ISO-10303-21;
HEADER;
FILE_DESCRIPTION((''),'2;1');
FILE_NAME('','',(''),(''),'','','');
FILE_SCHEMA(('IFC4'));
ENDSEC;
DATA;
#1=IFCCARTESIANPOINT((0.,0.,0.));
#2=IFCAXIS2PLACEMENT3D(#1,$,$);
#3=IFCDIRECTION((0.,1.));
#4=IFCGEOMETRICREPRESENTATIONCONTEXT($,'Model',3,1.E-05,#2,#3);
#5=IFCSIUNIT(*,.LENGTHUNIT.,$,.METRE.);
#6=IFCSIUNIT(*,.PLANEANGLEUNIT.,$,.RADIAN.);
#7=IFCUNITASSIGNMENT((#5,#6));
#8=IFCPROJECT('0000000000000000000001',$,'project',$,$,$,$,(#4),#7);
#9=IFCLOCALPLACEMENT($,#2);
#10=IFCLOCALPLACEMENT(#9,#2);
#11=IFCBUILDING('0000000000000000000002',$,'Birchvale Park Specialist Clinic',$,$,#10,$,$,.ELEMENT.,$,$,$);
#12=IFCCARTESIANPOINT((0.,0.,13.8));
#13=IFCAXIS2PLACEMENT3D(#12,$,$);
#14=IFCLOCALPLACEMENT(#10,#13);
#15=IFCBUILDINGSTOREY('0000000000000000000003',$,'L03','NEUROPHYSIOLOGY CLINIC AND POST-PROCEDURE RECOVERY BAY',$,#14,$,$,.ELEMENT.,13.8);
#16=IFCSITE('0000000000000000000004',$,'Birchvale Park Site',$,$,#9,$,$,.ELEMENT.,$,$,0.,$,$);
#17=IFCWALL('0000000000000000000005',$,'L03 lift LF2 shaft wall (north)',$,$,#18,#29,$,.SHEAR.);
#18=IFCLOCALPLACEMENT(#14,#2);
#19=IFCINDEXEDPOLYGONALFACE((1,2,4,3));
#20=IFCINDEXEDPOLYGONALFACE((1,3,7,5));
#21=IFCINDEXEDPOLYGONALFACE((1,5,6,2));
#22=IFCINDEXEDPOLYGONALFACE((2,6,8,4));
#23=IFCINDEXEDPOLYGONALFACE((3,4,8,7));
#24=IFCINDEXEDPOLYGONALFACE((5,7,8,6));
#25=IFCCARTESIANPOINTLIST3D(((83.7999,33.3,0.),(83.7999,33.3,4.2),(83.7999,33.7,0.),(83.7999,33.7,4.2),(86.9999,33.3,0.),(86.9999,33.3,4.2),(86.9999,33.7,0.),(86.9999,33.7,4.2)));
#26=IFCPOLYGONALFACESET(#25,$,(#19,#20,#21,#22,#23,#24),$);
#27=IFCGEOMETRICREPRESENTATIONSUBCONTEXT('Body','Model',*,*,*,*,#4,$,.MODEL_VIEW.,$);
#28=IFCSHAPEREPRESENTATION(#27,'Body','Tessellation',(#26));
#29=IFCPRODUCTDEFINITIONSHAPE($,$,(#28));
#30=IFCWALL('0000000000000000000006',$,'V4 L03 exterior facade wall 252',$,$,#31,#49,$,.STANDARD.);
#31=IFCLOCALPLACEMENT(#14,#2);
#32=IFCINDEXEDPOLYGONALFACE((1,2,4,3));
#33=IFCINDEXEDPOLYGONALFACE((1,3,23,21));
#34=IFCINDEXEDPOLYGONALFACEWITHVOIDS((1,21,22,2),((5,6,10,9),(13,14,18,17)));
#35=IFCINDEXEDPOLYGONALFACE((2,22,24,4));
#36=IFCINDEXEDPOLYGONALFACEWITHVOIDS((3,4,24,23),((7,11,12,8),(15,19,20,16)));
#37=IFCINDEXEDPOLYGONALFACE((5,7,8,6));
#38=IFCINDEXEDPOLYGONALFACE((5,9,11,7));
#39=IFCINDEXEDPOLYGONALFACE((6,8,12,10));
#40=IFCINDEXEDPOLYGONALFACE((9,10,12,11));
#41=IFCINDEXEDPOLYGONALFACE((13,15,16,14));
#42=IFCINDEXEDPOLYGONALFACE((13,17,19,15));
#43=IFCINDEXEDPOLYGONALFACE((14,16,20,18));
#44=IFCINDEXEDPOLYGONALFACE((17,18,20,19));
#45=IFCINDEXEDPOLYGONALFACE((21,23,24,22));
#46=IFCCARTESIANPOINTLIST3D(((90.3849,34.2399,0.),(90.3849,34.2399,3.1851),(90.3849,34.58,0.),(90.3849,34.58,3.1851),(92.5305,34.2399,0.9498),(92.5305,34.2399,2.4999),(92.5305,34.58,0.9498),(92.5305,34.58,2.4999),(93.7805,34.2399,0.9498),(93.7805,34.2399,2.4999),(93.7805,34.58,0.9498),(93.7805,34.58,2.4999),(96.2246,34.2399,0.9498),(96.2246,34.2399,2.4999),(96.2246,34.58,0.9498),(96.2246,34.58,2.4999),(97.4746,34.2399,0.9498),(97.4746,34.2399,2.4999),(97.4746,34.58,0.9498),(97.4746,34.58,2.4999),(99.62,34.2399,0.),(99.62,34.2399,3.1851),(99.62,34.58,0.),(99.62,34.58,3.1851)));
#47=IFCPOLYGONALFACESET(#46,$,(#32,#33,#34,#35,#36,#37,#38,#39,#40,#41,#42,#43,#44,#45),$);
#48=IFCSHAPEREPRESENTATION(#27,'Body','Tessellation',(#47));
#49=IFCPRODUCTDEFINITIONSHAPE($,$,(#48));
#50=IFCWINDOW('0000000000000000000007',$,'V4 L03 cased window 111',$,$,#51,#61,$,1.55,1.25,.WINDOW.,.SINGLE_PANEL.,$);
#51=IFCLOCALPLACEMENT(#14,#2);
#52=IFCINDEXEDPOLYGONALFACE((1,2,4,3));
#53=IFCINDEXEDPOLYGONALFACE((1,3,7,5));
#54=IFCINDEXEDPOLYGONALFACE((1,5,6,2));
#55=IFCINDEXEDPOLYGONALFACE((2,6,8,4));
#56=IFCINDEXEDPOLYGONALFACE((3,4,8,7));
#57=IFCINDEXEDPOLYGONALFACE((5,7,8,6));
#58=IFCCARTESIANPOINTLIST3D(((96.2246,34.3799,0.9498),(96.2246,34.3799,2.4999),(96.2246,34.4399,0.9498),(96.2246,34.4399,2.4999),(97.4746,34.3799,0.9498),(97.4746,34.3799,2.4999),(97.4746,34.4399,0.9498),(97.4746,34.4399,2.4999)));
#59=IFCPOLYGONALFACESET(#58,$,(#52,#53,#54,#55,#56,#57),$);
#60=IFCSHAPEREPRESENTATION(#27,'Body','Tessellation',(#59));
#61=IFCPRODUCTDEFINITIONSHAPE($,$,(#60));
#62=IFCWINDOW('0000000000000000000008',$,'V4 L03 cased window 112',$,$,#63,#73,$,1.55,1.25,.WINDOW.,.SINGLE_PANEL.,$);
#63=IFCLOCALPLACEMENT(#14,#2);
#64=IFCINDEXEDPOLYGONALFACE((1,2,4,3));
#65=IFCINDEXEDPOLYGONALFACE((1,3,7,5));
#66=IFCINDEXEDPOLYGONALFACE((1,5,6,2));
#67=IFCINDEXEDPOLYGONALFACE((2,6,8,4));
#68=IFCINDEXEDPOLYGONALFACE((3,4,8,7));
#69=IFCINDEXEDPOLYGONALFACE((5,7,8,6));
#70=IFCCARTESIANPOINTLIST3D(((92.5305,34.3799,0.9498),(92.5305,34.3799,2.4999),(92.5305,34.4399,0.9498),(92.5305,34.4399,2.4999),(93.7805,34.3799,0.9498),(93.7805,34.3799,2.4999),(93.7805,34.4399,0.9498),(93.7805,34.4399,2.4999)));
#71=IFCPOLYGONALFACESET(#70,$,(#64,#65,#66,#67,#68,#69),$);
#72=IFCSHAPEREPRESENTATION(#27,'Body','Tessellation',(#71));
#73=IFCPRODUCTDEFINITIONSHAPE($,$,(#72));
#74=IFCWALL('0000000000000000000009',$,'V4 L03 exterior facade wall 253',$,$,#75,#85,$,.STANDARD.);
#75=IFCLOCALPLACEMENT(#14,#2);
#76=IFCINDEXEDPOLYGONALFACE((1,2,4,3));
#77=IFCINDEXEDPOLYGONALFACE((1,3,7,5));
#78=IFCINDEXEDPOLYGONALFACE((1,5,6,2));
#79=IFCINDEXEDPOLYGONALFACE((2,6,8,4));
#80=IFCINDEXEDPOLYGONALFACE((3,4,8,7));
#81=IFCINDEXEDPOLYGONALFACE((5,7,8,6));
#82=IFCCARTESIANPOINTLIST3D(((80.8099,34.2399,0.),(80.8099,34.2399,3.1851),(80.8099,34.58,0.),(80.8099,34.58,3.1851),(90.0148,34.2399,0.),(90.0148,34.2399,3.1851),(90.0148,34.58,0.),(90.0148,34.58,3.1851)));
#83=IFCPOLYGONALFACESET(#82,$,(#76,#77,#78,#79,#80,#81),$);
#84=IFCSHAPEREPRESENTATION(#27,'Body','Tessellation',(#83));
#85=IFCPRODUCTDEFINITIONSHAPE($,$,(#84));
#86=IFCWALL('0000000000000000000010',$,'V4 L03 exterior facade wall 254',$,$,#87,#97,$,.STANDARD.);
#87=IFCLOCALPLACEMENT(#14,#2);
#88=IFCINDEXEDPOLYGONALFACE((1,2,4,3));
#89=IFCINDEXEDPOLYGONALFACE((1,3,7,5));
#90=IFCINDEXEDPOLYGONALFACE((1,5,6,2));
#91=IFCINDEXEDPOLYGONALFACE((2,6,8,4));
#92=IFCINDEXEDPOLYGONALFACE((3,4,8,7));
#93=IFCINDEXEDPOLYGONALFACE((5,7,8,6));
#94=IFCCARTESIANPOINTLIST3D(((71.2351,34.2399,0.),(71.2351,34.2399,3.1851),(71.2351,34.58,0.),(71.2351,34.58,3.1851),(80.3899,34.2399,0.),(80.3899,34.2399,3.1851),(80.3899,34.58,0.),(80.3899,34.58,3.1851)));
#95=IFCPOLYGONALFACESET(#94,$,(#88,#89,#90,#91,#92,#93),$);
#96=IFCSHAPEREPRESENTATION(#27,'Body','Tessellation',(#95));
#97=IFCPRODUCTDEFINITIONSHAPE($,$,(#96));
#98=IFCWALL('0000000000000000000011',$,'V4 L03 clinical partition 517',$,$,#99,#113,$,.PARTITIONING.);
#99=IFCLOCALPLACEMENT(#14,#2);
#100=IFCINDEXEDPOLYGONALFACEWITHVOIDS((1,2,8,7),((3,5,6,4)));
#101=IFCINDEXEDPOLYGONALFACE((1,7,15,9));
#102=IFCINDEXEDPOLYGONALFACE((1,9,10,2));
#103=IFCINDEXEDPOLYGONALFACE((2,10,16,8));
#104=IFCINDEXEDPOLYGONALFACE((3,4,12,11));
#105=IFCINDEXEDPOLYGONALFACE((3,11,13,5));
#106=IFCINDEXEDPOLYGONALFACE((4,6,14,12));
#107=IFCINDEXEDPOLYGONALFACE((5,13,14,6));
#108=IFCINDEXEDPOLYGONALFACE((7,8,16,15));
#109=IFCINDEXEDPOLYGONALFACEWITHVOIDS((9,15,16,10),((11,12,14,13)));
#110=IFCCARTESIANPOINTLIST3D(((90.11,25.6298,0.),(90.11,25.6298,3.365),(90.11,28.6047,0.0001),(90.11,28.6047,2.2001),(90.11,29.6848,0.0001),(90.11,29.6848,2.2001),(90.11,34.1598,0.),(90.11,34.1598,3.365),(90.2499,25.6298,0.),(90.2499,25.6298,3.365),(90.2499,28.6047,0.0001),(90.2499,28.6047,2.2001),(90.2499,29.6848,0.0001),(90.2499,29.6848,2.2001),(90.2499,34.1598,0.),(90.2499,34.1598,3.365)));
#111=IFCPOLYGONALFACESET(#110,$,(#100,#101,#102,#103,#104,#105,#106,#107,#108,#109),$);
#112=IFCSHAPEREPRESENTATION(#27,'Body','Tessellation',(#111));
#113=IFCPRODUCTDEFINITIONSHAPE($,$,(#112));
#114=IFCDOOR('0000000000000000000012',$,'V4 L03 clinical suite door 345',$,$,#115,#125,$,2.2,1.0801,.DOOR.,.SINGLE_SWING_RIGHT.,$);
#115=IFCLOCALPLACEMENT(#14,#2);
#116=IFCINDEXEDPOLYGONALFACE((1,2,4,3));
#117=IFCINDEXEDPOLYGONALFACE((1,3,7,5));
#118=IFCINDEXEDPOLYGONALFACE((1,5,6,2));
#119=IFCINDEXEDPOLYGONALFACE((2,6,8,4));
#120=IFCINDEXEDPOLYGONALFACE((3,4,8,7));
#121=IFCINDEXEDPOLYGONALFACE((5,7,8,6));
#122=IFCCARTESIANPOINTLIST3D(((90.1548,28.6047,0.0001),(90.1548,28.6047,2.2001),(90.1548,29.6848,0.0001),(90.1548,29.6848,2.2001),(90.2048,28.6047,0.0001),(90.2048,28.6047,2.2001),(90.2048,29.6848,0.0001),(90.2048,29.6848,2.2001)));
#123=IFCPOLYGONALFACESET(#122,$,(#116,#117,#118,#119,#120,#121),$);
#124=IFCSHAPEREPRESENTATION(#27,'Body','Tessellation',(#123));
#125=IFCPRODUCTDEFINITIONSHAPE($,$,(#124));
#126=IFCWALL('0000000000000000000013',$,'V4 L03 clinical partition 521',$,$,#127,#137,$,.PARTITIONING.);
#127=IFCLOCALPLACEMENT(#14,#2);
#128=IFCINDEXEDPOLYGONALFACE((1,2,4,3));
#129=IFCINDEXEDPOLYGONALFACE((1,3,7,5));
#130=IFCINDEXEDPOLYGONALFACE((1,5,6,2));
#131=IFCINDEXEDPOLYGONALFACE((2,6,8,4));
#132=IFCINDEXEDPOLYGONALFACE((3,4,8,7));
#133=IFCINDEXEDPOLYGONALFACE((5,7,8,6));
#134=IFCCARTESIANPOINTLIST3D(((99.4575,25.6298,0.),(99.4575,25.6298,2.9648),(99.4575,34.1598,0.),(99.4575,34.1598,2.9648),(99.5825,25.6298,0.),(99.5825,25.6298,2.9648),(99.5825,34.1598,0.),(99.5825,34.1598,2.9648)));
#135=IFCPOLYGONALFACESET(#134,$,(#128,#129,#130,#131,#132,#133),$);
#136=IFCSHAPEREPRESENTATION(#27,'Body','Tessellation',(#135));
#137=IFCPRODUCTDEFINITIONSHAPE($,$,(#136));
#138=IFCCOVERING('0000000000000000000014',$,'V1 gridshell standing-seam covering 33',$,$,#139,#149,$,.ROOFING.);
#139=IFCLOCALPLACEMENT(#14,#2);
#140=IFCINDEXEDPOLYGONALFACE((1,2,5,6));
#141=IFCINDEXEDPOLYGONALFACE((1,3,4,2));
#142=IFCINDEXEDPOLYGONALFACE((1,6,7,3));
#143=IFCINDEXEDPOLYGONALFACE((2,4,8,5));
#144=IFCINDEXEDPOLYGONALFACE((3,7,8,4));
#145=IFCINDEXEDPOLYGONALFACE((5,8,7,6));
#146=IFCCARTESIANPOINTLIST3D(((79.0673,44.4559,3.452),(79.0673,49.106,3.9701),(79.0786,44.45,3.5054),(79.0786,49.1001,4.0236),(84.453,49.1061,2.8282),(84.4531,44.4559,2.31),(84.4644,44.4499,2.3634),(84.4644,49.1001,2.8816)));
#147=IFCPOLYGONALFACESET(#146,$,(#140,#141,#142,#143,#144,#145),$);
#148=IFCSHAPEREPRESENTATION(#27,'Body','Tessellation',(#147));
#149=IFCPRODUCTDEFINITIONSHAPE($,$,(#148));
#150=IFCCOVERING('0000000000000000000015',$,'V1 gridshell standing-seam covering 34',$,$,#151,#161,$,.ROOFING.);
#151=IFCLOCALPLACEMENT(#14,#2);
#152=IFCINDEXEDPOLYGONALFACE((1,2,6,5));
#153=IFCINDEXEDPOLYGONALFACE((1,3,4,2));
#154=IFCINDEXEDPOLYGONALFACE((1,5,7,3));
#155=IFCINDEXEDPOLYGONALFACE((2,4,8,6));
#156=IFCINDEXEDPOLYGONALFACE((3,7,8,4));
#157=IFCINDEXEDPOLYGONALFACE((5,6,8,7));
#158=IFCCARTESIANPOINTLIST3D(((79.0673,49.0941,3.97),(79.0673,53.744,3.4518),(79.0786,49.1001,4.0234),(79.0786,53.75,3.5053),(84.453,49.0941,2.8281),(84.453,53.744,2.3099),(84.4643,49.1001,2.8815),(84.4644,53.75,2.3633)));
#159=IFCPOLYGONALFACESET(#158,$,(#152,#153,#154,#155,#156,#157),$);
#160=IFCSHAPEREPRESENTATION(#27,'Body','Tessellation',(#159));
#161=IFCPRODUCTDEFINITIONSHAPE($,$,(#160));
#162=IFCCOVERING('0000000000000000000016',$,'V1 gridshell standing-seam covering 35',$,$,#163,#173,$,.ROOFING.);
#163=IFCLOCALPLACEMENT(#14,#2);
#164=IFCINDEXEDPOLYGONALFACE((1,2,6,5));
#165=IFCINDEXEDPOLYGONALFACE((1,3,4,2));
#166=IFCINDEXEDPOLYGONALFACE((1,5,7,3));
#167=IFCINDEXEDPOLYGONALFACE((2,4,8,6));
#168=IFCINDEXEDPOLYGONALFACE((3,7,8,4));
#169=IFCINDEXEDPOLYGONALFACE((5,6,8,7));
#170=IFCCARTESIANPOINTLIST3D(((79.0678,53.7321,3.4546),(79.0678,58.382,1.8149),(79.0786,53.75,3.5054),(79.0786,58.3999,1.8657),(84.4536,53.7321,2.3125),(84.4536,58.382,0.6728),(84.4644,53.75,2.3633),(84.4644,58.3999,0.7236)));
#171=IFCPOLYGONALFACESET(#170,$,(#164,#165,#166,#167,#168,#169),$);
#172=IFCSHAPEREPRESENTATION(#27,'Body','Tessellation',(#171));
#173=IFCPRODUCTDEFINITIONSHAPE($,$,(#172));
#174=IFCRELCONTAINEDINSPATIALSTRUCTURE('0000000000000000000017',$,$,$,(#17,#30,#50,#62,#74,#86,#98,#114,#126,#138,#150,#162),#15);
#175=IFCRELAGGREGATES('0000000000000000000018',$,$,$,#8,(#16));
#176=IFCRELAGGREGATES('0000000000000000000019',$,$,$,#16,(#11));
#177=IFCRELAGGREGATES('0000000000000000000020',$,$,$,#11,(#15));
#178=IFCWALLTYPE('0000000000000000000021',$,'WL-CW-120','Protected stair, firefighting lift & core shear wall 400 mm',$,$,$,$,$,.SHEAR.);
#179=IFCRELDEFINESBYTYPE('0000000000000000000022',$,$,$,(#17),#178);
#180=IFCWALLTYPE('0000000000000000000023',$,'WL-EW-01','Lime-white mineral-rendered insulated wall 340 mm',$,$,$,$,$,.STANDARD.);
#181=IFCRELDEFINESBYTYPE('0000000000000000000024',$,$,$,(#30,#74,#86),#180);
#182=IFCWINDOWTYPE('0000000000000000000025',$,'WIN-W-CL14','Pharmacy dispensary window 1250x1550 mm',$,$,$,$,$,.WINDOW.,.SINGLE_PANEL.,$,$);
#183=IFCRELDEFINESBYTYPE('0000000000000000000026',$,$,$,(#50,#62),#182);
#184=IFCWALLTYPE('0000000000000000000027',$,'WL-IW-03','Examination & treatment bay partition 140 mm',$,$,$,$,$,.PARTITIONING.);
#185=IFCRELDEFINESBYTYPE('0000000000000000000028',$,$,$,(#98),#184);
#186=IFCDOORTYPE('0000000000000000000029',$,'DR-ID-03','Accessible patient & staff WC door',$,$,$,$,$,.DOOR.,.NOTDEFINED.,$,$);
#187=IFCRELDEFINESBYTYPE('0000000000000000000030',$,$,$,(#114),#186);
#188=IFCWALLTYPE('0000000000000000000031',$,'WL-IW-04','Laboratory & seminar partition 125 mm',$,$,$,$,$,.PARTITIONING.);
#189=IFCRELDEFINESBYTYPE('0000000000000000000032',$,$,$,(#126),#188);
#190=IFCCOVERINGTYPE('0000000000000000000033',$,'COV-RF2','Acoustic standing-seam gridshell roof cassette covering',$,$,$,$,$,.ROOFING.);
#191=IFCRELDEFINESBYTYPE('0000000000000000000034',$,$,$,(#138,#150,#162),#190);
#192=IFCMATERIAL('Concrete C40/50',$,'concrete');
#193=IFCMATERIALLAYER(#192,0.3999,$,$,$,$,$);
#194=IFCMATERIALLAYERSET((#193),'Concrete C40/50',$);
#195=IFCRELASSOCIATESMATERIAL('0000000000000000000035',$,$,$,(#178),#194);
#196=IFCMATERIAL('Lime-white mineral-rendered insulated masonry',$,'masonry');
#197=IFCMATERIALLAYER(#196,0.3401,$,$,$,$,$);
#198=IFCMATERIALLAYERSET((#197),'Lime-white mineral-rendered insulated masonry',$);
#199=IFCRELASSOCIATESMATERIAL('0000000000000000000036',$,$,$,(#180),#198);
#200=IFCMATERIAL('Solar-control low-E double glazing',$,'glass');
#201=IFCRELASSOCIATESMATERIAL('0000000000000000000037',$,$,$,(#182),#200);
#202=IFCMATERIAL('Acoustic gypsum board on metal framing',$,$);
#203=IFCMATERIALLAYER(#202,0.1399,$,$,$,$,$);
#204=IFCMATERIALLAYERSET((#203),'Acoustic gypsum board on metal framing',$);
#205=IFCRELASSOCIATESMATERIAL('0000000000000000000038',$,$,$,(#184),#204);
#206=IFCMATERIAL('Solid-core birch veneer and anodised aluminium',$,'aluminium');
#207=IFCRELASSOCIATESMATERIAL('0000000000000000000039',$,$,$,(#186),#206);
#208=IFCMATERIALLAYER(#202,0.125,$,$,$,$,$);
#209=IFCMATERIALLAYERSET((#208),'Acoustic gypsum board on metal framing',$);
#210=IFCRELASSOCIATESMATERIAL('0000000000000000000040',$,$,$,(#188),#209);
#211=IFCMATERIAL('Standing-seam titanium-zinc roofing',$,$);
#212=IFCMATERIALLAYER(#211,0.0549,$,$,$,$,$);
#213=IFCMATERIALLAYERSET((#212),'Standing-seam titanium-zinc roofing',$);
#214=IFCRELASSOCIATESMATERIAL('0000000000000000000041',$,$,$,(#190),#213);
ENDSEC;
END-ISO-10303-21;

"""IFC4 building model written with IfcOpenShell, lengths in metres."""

from ifc_helpers import new_model, si_unit, direction, frame, frame_2d, origin, place, context, subcontext, project, spatial, polyline, rectangle, outline, extrude, material, layer, layer_set, type_object, element, fill, save


model = new_model("IFC4")

# Units and contexts
model_context = context("Model", 3, precision=1e-05, world=origin(), true_north=direction((0.0, 1.0)))
body_context = subcontext(model_context, "Body", "Model", "MODEL_VIEW")
ifc_project = project(units=[si_unit("LENGTHUNIT", "METRE"), si_unit("PLANEANGLEUNIT", "RADIAN")], contexts=[model_context])

# Site, building, storey
site_placement = place(None, origin())
site = spatial("IfcSite", under=ifc_project, at=site_placement, Name="Birchvale Park Site", CompositionType="ELEMENT", RefElevation=0.0)
building_placement = place(site_placement, origin())
building = spatial("IfcBuilding", under=site, at=building_placement, Name="Birchvale Park Specialist Clinic", CompositionType="ELEMENT")
storey_placement = place(building_placement, frame((0.0, 0.0, 13.8)))
storey = spatial("IfcBuildingStorey", under=building, at=storey_placement, Name="L03", Description="NEUROPHYSIOLOGY CLINIC AND POST-PROCEDURE RECOVERY BAY", CompositionType="ELEMENT", Elevation=13.8)

# Shared definitions
ifc_material_1 = material(Name="Concrete C40/50", Category="concrete")

# Wall
ifc_layer_1 = layer(ifc_material_1, 0.3999)
ifc_layer_set_1 = layer_set([ifc_layer_1], Name="Concrete C40/50")
wall_type_1 = type_object("IfcWallType", Name="WL-CW-120", Description="Protected stair, firefighting lift & core shear wall 400 mm", PredefinedType="SHEAR", material=ifc_layer_set_1)
wall_1_placement = place(storey_placement, frame((87.0, 33.5, 0.0), z_axis=(0.0, 0.0, 1.0), x_axis=(-1.0, 0.0, 0.0)))
element("IfcWall", 1, at=wall_1_placement, inside=storey, type_object=wall_type_1, Name="L03 lift LF2 shaft wall (north)", PredefinedType="SHEAR", context=body_context, shape_type="SweptSolid", body=[
    extrude(rectangle(XDim=3.2, YDim=0.3999, at=frame_2d((1.6001, 0.0))), origin(), (0.0, 0.0, 1.0), 4.2),
])

# Wall, openings, windows
ifc_material_2 = material(Name="Lime-white mineral-rendered insulated masonry", Category="masonry")
ifc_layer_2 = layer(ifc_material_2, 0.3401)
ifc_layer_set_2 = layer_set([ifc_layer_2], Name="Lime-white mineral-rendered insulated masonry")
wall_type_2 = type_object("IfcWallType", Name="WL-EW-01", Description="Lime-white mineral-rendered insulated wall 340 mm", PredefinedType="STANDARD", material=ifc_layer_set_2)
wall_2_placement = place(storey_placement, frame((99.6201, 34.4099, 0.0), z_axis=(0.0, 0.0, 1.0), x_axis=(-1.0, 0.0, 0.0)))
wall_2 = element("IfcWall", 2, at=wall_2_placement, inside=storey, type_object=wall_type_2, Name="V4 L03 exterior facade wall 252", PredefinedType="STANDARD", context=body_context, shape_type="SweptSolid", body=[
    extrude(rectangle(XDim=9.2351, YDim=0.3401, at=frame_2d((4.6177, 0.0))), origin(), (0.0, 0.0, 1.0), 3.1851),
])
opening_1_placement = place(wall_2_placement, frame((2.1455, 0.0, 0.95)))
opening_1 = element("IfcOpeningElement", 3, at=opening_1_placement, cuts=wall_2, PredefinedType="OPENING", context=body_context, shape_type="SweptSolid", body=[
    extrude(rectangle(XDim=1.25, YDim=1.55, at=frame_2d((0.625, 0.7749))), frame((0.0, 0.1802, 0.0), z_axis=(0.0, -1.0, 0.0), x_axis=(1.0, 0.0, 0.0)), (0.0, 0.0, 1.0), 0.3601),
])
opening_2_placement = place(wall_2_placement, frame((5.8396, 0.0, 0.95)))
opening_2 = element("IfcOpeningElement", 4, at=opening_2_placement, cuts=wall_2, PredefinedType="OPENING", context=body_context, shape_type="SweptSolid", body=[
    extrude(rectangle(XDim=1.25, YDim=1.55, at=frame_2d((0.625, 0.7749))), frame((0.0, 0.1802, 0.0), z_axis=(0.0, -1.0, 0.0), x_axis=(1.0, 0.0, 0.0)), (0.0, 0.0, 1.0), 0.3601),
])
ifc_material_3 = material(Name="Solar-control low-E double glazing", Category="glass")
window_type = type_object("IfcWindowType", Name="WIN-W-CL14", Description="Pharmacy dispensary window 1250x1550 mm", PartitioningType="SINGLE_PANEL", PredefinedType="WINDOW", material=ifc_material_3)
window_1_placement = place(opening_1_placement, origin())
window_1 = element("IfcWindow", 5, at=window_1_placement, inside=storey, type_object=window_type, Name="V4 L03 cased window 111", OverallHeight=1.55, OverallWidth=1.25, PartitioningType="SINGLE_PANEL", PredefinedType="WINDOW", context=body_context, shape_type="SweptSolid", body=[
    extrude(rectangle(XDim=1.25, YDim=1.55, at=frame_2d((0.625, 0.7749))), frame((0.0, 0.03, 0.0), z_axis=(0.0, -1.0, 0.0), x_axis=(1.0, 0.0, 0.0)), (0.0, 0.0, 1.0), 0.0601),
])
fill(opening_1, window_1)
window_2_placement = place(opening_2_placement, origin())
window_2 = element("IfcWindow", 6, at=window_2_placement, inside=storey, type_object=window_type, Name="V4 L03 cased window 112", OverallHeight=1.55, OverallWidth=1.25, PartitioningType="SINGLE_PANEL", PredefinedType="WINDOW", context=body_context, shape_type="SweptSolid", body=[
    extrude(rectangle(XDim=1.25, YDim=1.55, at=frame_2d((0.625, 0.7749))), frame((0.0, 0.03, 0.0), z_axis=(0.0, -1.0, 0.0), x_axis=(1.0, 0.0, 0.0)), (0.0, 0.0, 1.0), 0.0601),
])
fill(opening_2, window_2)

# Walls
wall_3_placement = place(storey_placement, frame((90.0149, 34.4099, 0.0), z_axis=(0.0, 0.0, 1.0), x_axis=(-1.0, 0.0, 0.0)))
element("IfcWall", 7, at=wall_3_placement, inside=storey, type_object=wall_type_2, Name="V4 L03 exterior facade wall 253", PredefinedType="STANDARD", context=body_context, shape_type="SweptSolid", body=[
    extrude(rectangle(XDim=9.2048, YDim=0.3401, at=frame_2d((4.6025, 0.0))), origin(), (0.0, 0.0, 1.0), 3.1851),
])
wall_4_placement = place(storey_placement, frame((80.3899, 34.4099, 0.0), z_axis=(0.0, 0.0, 1.0), x_axis=(-1.0, 0.0, 0.0)))
element("IfcWall", 8, at=wall_4_placement, inside=storey, type_object=wall_type_2, Name="V4 L03 exterior facade wall 254", PredefinedType="STANDARD", context=body_context, shape_type="SweptSolid", body=[
    extrude(rectangle(XDim=9.1548, YDim=0.3401, at=frame_2d((4.5774, 0.0))), origin(), (0.0, 0.0, 1.0), 3.1851),
])

# Wall, opening, door
ifc_material_4 = material(Name="Acoustic gypsum board on metal framing")
ifc_layer_3 = layer(ifc_material_4, 0.1399)
ifc_layer_set_3 = layer_set([ifc_layer_3], Name="Acoustic gypsum board on metal framing")
wall_type_3 = type_object("IfcWallType", Name="WL-IW-03", Description="Examination & treatment bay partition 140 mm", PredefinedType="PARTITIONING", material=ifc_layer_set_3)
wall_5_placement = place(storey_placement, frame((90.1799, 34.1599, 0.0), z_axis=(0.0, 0.0, 1.0), x_axis=(0.0, -1.0, 0.0)))
wall_5 = element("IfcWall", 9, at=wall_5_placement, inside=storey, type_object=wall_type_3, Name="V4 L03 clinical partition 517", PredefinedType="PARTITIONING", context=body_context, shape_type="SweptSolid", body=[
    extrude(rectangle(XDim=8.53, YDim=0.1399, at=frame_2d((4.2651, 0.0))), origin(), (0.0, 0.0, 1.0), 3.365),
])
opening_3_placement = place(wall_5_placement, frame((4.4751, 0.0, 0.0)))
opening_3 = element("IfcOpeningElement", 10, at=opening_3_placement, cuts=wall_5, PredefinedType="OPENING", context=body_context, shape_type="SweptSolid", body=[
    extrude(rectangle(XDim=1.0801, YDim=2.2, at=frame_2d((0.54, 1.1001))), frame((0.0, 0.0801, 0.0), z_axis=(0.0, -1.0, 0.0), x_axis=(1.0, 0.0, 0.0)), (0.0, 0.0, 1.0), 0.1599),
])
ifc_material_5 = material(Name="Solid-core birch veneer and anodised aluminium", Category="aluminium")
door_type = type_object("IfcDoorType", Name="DR-ID-03", Description="Accessible patient & staff WC door", OperationType="NOTDEFINED", PredefinedType="DOOR", material=ifc_material_5)
door_placement = place(opening_3_placement, origin())
door = element("IfcDoor", 11, at=door_placement, inside=storey, type_object=door_type, Name="V4 L03 clinical suite door 345", OperationType="SINGLE_SWING_RIGHT", OverallHeight=2.2, OverallWidth=1.0801, PredefinedType="DOOR", context=body_context, shape_type="SweptSolid", body=[
    extrude(rectangle(XDim=1.0801, YDim=2.2, at=frame_2d((0.54, 1.1001))), frame((0.0, 0.0249, 0.0), z_axis=(0.0, -1.0, 0.0), x_axis=(1.0, 0.0, 0.0)), (0.0, 0.0, 1.0), 0.05),
])
fill(opening_3, door)

# Wall
ifc_layer_4 = layer(ifc_material_4, 0.125)
ifc_layer_set_4 = layer_set([ifc_layer_4], Name="Acoustic gypsum board on metal framing")
wall_type_4 = type_object("IfcWallType", Name="WL-IW-04", Description="Laboratory & seminar partition 125 mm", PredefinedType="PARTITIONING", material=ifc_layer_set_4)
wall_6_placement = place(storey_placement, frame((99.52, 34.1599, 0.0), z_axis=(0.0, 0.0, 1.0), x_axis=(0.0, -1.0, 0.0)))
element("IfcWall", 12, at=wall_6_placement, inside=storey, type_object=wall_type_4, Name="V4 L03 clinical partition 521", PredefinedType="PARTITIONING", context=body_context, shape_type="SweptSolid", body=[
    extrude(rectangle(XDim=8.53, YDim=0.125, at=frame_2d((4.2651, 0.0))), origin(), (0.0, 0.0, 1.0), 2.9648),
])

# Coverings
ifc_material_6 = material(Name="Standing-seam titanium-zinc roofing")
ifc_layer_5 = layer(ifc_material_6, 0.0549)
ifc_layer_set_5 = layer_set([ifc_layer_5], Name="Standing-seam titanium-zinc roofing")
covering_type = type_object("IfcCoveringType", Name="COV-RF2", Description="Acoustic standing-seam gridshell roof cassette covering", PredefinedType="ROOFING", material=ifc_layer_set_5)
covering_1_placement = place(storey_placement, frame((79.0786, 44.45, 3.5054), z_axis=(0.206202, -0.108369, 0.97249), x_axis=(0.978251, -0.000002, -0.207424)))
element("IfcCovering", 13, at=covering_1_placement, inside=storey, type_object=covering_type, Name="V1 gridshell standing-seam covering 33", PredefinedType="ROOFING", context=body_context, shape_type="SweptSolid", body=[
    extrude(outline(polyline([(0.0, 0.0), (5.5055, 0.0), (5.398, 4.6777), (-0.1075, 4.6777), (0.0, 0.0)])), origin(), (0.0, 0.0, -1.0), 0.0549),
])
covering_2_placement = place(storey_placement, frame((79.0786, 49.1001, 4.0234), z_axis=(0.206202, 0.108375, 0.972489), x_axis=(0.978251, -0.000002, -0.207424)))
element("IfcCovering", 14, at=covering_2_placement, inside=storey, type_object=covering_type, Name="V1 gridshell standing-seam covering 34", PredefinedType="ROOFING", context=body_context, shape_type="SweptSolid", body=[
    extrude(outline(polyline([(0.0, 0.0), (5.5055, 0.0), (5.613, 4.6775), (0.1074, 4.6774), (0.0, 0.0)])), origin(), (0.0, 0.0, -1.0), 0.0549),
])
covering_3_placement = place(storey_placement, frame((79.0786, 53.75, 3.5054), z_axis=(0.196106, 0.326094, 0.924773), x_axis=(0.978247, 0.0, -0.207445)))
element("IfcCovering", 15, at=covering_3_placement, inside=storey, type_object=covering_type, Name="V1 gridshell standing-seam covering 35", PredefinedType="ROOFING", context=body_context, shape_type="SweptSolid", body=[
    extrude(outline(polyline([(0.0, 0.0), (5.5055, 0.0), (5.8456, 4.9188), (0.3401, 4.9188), (0.0, 0.0)])), origin(), (0.0, 0.0, -1.0), 0.0549),
])

save(model, "model.ifc")
